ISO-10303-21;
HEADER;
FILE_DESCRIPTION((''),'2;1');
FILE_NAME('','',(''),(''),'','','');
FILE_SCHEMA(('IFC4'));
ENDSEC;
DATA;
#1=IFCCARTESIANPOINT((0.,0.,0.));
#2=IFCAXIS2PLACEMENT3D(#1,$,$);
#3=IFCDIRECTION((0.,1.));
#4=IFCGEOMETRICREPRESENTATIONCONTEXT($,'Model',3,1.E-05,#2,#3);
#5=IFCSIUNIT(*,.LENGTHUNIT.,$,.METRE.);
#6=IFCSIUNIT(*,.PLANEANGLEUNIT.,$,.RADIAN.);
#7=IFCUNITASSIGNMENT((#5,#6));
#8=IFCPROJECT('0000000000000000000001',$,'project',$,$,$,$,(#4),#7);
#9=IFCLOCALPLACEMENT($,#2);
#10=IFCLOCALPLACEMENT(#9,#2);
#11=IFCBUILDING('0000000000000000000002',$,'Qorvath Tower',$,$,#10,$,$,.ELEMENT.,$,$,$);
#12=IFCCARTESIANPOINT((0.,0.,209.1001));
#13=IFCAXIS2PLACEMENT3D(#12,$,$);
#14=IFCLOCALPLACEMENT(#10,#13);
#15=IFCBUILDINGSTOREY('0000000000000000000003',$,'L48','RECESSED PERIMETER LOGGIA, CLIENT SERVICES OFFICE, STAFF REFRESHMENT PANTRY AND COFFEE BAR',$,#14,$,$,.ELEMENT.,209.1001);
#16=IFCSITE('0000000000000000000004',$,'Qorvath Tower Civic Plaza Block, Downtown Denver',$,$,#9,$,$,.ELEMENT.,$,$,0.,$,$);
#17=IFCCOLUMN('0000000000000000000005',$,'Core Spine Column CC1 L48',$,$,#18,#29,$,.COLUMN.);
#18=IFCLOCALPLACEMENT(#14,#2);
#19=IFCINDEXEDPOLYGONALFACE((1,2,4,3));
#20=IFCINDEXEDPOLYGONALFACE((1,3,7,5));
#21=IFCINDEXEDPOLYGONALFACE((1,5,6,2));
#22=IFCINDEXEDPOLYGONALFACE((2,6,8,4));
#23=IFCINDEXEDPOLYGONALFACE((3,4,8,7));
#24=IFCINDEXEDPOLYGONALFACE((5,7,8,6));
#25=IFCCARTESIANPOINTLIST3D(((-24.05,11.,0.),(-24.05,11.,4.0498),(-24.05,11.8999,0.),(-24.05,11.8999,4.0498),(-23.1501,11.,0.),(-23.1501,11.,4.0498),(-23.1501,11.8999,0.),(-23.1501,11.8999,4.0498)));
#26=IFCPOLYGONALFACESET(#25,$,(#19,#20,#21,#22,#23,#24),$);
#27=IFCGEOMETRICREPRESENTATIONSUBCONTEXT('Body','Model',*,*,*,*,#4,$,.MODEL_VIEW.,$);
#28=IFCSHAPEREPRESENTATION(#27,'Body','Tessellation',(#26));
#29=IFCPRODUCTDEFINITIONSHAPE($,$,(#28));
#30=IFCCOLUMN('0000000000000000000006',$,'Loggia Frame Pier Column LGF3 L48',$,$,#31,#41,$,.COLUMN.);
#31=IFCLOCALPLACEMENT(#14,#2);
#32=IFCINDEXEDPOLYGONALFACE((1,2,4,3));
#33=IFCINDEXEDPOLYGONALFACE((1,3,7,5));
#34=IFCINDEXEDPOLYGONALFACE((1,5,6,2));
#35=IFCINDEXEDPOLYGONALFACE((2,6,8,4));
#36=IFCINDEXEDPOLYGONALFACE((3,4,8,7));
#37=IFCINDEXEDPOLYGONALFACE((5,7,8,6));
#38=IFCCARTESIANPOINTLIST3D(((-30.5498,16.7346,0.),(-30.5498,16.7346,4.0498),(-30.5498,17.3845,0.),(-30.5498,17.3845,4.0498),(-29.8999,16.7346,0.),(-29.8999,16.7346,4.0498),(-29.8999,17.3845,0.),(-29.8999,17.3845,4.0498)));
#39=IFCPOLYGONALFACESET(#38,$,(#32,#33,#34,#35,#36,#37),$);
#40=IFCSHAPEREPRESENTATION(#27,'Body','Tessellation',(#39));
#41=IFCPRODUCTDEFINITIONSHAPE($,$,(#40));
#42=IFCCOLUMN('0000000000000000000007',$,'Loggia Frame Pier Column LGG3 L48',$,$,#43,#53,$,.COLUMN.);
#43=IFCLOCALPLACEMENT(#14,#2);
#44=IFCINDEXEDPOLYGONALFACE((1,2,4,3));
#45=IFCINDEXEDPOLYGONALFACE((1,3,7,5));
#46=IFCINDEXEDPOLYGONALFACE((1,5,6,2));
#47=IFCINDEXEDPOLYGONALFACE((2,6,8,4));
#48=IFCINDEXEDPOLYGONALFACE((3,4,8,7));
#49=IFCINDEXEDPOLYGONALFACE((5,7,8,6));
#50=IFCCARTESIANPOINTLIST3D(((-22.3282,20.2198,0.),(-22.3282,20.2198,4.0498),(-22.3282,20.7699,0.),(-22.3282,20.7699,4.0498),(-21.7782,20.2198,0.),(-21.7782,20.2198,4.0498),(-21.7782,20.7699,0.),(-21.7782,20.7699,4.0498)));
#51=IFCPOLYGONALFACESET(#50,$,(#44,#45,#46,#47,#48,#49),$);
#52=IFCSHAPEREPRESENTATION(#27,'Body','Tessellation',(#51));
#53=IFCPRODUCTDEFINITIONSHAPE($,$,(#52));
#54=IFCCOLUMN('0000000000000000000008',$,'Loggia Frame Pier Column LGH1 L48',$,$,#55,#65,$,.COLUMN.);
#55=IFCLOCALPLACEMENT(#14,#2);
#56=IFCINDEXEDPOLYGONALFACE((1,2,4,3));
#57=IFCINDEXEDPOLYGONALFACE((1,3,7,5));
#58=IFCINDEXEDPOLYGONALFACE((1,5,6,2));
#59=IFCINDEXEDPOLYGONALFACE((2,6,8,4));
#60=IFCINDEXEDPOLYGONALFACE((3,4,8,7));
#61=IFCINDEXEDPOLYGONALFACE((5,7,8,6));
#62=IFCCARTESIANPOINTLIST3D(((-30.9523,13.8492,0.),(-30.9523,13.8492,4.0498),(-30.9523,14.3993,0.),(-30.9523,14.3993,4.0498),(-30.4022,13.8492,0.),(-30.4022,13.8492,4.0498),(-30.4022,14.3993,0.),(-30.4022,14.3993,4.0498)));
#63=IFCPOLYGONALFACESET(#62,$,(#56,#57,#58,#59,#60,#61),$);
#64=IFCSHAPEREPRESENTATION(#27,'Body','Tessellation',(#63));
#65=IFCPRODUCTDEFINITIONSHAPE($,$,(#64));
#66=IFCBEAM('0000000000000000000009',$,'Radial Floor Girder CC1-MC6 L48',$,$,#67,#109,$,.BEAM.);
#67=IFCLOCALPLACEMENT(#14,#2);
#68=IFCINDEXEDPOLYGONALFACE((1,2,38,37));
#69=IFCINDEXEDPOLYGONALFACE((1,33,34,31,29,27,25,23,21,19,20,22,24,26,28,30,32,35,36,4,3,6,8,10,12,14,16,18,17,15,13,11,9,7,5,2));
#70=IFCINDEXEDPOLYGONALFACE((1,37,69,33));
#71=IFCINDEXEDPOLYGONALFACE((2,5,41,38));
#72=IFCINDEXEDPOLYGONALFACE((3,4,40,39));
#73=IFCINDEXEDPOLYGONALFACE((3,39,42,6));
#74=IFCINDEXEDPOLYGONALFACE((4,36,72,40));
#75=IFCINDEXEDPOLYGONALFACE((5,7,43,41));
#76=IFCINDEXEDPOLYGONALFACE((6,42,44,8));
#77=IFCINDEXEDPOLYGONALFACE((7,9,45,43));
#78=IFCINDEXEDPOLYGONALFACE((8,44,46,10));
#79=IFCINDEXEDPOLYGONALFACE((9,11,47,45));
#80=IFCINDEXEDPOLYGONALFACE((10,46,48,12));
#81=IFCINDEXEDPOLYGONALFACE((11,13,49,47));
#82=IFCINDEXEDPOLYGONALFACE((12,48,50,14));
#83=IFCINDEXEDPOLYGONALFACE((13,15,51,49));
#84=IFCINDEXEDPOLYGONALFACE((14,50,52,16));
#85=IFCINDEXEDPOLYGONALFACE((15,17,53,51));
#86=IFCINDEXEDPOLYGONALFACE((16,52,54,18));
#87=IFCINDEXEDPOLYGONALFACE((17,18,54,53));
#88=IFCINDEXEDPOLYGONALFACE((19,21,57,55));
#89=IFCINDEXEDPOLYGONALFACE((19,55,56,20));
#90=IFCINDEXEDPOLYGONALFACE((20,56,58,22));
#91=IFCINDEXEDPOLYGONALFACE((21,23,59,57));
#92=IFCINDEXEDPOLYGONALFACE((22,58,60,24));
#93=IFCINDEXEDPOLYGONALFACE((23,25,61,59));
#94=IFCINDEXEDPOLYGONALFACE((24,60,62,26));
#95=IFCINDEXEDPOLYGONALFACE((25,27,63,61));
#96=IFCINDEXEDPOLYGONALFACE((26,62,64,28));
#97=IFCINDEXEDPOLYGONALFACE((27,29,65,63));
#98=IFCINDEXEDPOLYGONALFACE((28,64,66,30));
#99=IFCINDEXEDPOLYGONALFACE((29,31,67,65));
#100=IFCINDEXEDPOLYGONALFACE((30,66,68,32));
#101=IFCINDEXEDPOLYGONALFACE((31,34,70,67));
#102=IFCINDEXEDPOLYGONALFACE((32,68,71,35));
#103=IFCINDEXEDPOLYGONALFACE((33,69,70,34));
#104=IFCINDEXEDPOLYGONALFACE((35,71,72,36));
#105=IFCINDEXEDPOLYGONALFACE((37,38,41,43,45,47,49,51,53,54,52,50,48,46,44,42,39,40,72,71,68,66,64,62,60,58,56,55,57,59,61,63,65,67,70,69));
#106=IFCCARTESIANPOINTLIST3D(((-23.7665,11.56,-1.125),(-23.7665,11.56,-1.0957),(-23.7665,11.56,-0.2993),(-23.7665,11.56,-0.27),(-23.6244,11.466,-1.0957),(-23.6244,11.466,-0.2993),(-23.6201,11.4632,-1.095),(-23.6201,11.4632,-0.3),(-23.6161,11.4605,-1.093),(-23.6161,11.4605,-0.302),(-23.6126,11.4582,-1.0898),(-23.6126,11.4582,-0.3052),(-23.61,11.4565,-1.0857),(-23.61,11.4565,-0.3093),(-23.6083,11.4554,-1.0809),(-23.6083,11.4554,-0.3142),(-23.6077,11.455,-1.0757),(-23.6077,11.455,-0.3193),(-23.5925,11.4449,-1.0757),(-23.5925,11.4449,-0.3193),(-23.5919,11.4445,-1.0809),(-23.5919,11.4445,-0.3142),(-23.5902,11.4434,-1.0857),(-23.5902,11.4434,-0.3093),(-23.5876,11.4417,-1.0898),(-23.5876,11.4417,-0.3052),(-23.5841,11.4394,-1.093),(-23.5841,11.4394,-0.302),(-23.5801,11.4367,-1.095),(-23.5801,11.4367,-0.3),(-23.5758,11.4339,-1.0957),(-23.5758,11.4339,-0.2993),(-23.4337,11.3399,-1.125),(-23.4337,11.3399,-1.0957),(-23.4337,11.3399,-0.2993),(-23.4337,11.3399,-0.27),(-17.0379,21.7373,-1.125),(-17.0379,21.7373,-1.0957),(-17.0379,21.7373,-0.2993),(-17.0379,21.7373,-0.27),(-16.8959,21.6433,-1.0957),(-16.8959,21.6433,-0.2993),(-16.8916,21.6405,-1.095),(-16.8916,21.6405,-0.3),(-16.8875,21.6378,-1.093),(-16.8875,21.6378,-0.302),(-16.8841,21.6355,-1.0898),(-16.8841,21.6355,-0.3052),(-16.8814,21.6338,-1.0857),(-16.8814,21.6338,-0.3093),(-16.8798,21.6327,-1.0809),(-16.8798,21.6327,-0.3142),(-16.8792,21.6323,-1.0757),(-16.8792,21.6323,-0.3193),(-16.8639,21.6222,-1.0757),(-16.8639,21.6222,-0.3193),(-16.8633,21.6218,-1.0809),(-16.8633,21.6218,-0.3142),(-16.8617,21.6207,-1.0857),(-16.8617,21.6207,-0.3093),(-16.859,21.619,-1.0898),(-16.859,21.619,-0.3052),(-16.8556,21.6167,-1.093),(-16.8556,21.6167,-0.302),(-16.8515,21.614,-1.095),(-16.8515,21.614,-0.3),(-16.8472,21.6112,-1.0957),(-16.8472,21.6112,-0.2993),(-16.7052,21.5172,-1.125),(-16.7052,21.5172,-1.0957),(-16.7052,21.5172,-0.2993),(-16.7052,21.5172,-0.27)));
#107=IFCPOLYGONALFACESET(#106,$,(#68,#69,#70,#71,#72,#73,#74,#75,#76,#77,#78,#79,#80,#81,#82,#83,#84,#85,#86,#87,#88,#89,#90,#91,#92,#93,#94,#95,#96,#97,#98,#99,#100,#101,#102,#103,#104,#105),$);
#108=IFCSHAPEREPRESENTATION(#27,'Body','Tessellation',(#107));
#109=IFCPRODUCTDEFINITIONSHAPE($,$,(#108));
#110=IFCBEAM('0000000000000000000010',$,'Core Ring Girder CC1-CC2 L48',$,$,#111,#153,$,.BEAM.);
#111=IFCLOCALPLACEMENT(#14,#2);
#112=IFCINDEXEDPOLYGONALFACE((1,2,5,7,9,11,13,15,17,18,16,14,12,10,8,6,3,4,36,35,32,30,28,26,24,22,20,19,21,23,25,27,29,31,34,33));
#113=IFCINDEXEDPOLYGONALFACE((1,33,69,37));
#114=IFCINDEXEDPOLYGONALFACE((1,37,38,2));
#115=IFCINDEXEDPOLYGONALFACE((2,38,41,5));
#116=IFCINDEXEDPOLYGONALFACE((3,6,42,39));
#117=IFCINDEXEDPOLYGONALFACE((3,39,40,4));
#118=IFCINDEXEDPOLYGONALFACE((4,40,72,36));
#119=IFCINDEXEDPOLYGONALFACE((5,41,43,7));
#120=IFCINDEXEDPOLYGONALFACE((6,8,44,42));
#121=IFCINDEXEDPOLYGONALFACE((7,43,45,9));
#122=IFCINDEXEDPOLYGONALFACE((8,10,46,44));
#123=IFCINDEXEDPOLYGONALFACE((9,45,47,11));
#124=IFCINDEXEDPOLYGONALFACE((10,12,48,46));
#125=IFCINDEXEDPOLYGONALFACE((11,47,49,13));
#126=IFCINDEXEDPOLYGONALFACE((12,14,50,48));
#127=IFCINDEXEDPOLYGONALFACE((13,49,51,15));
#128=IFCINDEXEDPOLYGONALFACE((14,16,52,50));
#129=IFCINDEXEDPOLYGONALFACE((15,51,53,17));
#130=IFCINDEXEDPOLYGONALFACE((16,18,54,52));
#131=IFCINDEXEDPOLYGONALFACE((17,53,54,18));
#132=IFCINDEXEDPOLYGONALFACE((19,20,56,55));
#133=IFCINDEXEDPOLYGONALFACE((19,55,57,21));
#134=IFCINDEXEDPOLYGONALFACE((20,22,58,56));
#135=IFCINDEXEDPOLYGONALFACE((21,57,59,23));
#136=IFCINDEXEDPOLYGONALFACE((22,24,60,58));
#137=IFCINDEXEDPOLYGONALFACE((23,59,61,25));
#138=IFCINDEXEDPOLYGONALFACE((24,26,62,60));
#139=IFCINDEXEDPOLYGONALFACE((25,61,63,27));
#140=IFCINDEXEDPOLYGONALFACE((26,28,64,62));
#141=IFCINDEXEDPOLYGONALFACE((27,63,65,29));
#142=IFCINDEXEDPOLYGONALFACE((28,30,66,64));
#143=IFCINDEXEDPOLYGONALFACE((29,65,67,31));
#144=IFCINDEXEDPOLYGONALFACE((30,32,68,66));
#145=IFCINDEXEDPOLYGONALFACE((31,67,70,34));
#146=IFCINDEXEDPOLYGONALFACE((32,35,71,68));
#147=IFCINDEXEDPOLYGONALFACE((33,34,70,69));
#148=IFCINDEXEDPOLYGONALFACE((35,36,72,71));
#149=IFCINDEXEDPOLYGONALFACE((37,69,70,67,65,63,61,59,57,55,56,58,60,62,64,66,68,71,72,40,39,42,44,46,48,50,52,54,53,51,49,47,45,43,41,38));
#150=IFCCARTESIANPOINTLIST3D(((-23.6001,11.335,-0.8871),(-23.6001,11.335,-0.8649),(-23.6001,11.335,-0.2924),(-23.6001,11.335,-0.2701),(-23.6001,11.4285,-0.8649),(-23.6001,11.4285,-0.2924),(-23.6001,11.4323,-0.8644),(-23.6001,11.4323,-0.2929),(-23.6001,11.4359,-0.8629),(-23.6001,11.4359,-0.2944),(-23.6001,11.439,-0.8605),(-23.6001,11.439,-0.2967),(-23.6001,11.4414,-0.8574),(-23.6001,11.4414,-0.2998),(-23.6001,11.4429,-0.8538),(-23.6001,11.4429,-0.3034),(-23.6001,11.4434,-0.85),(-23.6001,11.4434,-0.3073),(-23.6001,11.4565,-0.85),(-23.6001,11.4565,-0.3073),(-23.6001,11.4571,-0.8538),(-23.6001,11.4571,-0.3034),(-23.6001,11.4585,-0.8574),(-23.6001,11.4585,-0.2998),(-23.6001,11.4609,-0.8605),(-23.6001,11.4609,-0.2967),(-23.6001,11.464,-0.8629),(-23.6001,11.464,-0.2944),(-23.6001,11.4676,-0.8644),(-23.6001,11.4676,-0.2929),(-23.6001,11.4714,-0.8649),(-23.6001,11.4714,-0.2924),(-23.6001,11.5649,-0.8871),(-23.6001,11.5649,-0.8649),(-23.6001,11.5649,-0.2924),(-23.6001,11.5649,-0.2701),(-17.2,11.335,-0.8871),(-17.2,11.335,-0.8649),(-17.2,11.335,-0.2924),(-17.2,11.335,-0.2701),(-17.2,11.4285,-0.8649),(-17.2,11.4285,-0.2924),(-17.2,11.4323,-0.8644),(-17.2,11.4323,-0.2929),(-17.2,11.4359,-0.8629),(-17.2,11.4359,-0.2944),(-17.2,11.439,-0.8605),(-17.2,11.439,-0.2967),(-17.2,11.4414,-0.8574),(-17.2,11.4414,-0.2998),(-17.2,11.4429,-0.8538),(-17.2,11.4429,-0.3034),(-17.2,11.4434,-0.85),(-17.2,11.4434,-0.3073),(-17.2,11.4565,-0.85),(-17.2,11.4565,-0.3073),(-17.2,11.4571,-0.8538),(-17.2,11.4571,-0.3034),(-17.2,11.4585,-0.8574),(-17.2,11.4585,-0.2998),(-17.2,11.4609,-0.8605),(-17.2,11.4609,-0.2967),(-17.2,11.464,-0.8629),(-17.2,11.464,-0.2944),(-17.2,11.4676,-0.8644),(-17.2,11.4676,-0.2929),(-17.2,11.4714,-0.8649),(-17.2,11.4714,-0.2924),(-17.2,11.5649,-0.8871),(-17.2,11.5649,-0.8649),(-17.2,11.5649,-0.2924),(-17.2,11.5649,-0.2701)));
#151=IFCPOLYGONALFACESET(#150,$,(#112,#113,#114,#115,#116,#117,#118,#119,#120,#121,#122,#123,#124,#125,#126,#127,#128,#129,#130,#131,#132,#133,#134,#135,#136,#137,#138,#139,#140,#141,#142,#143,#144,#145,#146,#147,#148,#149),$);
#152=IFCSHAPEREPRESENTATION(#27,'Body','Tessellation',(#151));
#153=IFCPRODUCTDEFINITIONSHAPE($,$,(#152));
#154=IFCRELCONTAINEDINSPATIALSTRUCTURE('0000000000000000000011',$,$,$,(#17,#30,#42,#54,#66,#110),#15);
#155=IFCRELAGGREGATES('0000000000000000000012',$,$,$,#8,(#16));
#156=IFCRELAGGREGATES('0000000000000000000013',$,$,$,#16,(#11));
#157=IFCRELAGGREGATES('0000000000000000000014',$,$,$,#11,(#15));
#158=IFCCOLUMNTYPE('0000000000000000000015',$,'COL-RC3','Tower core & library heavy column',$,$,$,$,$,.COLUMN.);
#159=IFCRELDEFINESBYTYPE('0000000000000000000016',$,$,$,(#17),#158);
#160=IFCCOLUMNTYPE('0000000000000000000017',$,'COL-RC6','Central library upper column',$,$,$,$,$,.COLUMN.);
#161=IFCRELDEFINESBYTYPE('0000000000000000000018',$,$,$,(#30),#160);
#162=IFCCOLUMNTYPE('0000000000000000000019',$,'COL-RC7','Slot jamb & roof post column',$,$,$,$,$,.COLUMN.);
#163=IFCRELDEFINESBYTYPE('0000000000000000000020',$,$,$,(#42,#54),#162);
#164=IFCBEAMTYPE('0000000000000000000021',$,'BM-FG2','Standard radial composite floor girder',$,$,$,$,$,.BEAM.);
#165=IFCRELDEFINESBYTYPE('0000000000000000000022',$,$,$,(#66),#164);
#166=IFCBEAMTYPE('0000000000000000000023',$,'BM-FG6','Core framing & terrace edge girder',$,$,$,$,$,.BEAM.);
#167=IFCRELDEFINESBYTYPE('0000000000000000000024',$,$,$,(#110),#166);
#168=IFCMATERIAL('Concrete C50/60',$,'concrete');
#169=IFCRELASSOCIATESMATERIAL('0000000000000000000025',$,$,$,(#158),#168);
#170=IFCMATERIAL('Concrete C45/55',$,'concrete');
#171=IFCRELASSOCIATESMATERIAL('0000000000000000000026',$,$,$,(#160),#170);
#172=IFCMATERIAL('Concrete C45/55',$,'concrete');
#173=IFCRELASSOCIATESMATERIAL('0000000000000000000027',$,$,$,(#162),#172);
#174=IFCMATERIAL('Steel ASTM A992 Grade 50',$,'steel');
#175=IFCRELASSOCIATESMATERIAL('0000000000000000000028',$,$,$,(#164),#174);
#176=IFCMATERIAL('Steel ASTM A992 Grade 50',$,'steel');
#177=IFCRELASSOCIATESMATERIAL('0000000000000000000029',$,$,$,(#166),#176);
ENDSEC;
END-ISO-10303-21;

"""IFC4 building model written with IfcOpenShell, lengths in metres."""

from ifc_helpers import new_model, si_unit, direction, frame, origin, origin_2d, place, context, subcontext, project, spatial, rectangle, i_section, extrude, material, material_profile, profile_set, type_object, element, save


model = new_model("IFC4")

# Units and contexts
model_context = context("Model", 3, precision=1e-05, world=origin(), true_north=direction((0.0, 1.0)))
body_context = subcontext(model_context, "Body", "Model", "MODEL_VIEW")
ifc_project = project(units=[si_unit("LENGTHUNIT", "METRE"), si_unit("PLANEANGLEUNIT", "RADIAN")], contexts=[model_context])

# Site, building, storey
site_placement = place(None, origin())
site = spatial("IfcSite", under=ifc_project, at=site_placement, Name="Qorvath Tower Civic Plaza Block, Downtown Denver", CompositionType="ELEMENT", RefElevation=0.0)
building_placement = place(site_placement, origin())
building = spatial("IfcBuilding", under=site, at=building_placement, Name="Qorvath Tower", CompositionType="ELEMENT")
storey_placement = place(building_placement, frame((0.0, 0.0, 209.1001)))
storey = spatial("IfcBuildingStorey", under=building, at=storey_placement, Name="L48", Description="RECESSED PERIMETER LOGGIA, CLIENT SERVICES OFFICE, STAFF REFRESHMENT PANTRY AND COFFEE BAR", CompositionType="ELEMENT", Elevation=209.1001)

# Columns
ifc_material_1 = material(Name="Concrete C50/60", Category="concrete")
ifc_material_profile_1 = material_profile(ifc_material_1, rectangle(XDim=0.8999, YDim=0.8999, at=origin_2d()), Name="RC 900x900")
ifc_profile_set_1 = profile_set([ifc_material_profile_1], Name="Concrete C50/60")
column_type_1 = type_object("IfcColumnType", Name="COL-RC3", Description="Tower core & library heavy column", PredefinedType="COLUMN", material=ifc_profile_set_1)
column_1_placement = place(storey_placement, frame((-23.6001, 11.45, 0.0), z_axis=(0.0, 0.0, 1.0), x_axis=(1.0, 0.0, 0.0)))
element("IfcColumn", 1, at=column_1_placement, inside=storey, type_object=column_type_1, Name="Core Spine Column CC1 L48", PredefinedType="COLUMN", context=body_context, shape_type="SweptSolid", body=[
    extrude(rectangle(XDim=0.8999, YDim=0.8999, at=origin_2d()), origin(), (0.0, 0.0, 1.0), 4.0498),
])
ifc_material_2 = material(Name="Concrete C45/55", Category="concrete")
ifc_material_profile_2 = material_profile(ifc_material_2, rectangle(XDim=0.6499, YDim=0.6499, at=origin_2d()), Name="RC 650x650")
ifc_profile_set_2 = profile_set([ifc_material_profile_2], Name="Concrete C45/55")
column_type_2 = type_object("IfcColumnType", Name="COL-RC6", Description="Central library upper column", PredefinedType="COLUMN", material=ifc_profile_set_2)
column_2_placement = place(storey_placement, frame((-30.2249, 17.0596, 0.0), z_axis=(0.0, 0.0, 1.0), x_axis=(1.0, 0.0, 0.0)))
element("IfcColumn", 2, at=column_2_placement, inside=storey, type_object=column_type_2, Name="Loggia Frame Pier Column LGF3 L48", PredefinedType="COLUMN", context=body_context, shape_type="SweptSolid", body=[
    extrude(rectangle(XDim=0.6499, YDim=0.6499, at=origin_2d()), origin(), (0.0, 0.0, 1.0), 4.0498),
])
ifc_material_3 = material(Name="Concrete C45/55", Category="concrete")
ifc_material_profile_3 = material_profile(ifc_material_3, rectangle(XDim=0.55, YDim=0.55, at=origin_2d()), Name="RC 550x550")
ifc_profile_set_3 = profile_set([ifc_material_profile_3], Name="Concrete C45/55")
column_type_3 = type_object("IfcColumnType", Name="COL-RC7", Description="Slot jamb & roof post column", PredefinedType="COLUMN", material=ifc_profile_set_3)
for number, where, z_axis, x_axis, name in (
    (3, (-22.0532, 20.4949, 0.0), (0.0, 0.0, 1.0), (1.0, 0.0, 0.0), "Loggia Frame Pier Column LGG3 L48"),
    (4, (-30.6772, 14.1243, 0.0), (0.0, 0.0, 1.0), (1.0, 0.0, 0.0), "Loggia Frame Pier Column LGH1 L48"),
):
    element("IfcColumn", number, at=place(storey_placement, frame(where, z_axis=z_axis, x_axis=x_axis)), inside=storey, type_object=column_type_3, Name=name, PredefinedType="COLUMN", context=body_context, shape_type="SweptSolid", body=[
        extrude(rectangle(XDim=0.55, YDim=0.55, at=origin_2d()), origin(), (0.0, 0.0, 1.0), 4.0498),
    ])

# Beams
ifc_material_4 = material(Name="Steel ASTM A992 Grade 50", Category="steel")
ifc_material_profile_4 = material_profile(ifc_material_4, i_section(OverallWidth=0.3989, OverallDepth=0.855, WebThickness=0.0183, FlangeThickness=0.0293, FilletRadius=0.02, at=origin_2d()), Name="W33x201")
ifc_profile_set_4 = profile_set([ifc_material_profile_4], Name="Steel ASTM A992 Grade 50")
beam_type_1 = type_object("IfcBeamType", Name="BM-FG2", Description="Standard radial composite floor girder", PredefinedType="BEAM", material=ifc_profile_set_4)
beam_1_placement = place(storey_placement, frame((-23.6001, 11.45, -0.6975), z_axis=(0.551501, 0.834175, 0.0), x_axis=(-0.834175, 0.551501, 0.0)))
element("IfcBeam", 5, at=beam_1_placement, inside=storey, type_object=beam_type_1, Name="Radial Floor Girder CC1-MC6 L48", PredefinedType="BEAM", context=body_context, shape_type="SweptSolid", body=[
    extrude(i_section(OverallWidth=0.3989, OverallDepth=0.855, WebThickness=0.0183, FlangeThickness=0.0293, FilletRadius=0.02, at=origin_2d()), origin(), (0.0, 0.0, 1.0), 12.2004),
])
ifc_material_5 = material(Name="Steel ASTM A992 Grade 50", Category="steel")
ifc_material_profile_5 = material_profile(ifc_material_5, i_section(OverallWidth=0.23, OverallDepth=0.6169, WebThickness=0.0132, FlangeThickness=0.0222, FilletRadius=0.0149, at=origin_2d()), Name="W24x94")
ifc_profile_set_5 = profile_set([ifc_material_profile_5], Name="Steel ASTM A992 Grade 50")
beam_type_2 = type_object("IfcBeamType", Name="BM-FG6", Description="Core framing & terrace edge girder", PredefinedType="BEAM", material=ifc_profile_set_5)
beam_2_placement = place(storey_placement, frame((-23.6001, 11.45, -0.5786), z_axis=(1.0, 0.0, 0.0), x_axis=(0.0, 1.0, 0.0)))
element("IfcBeam", 6, at=beam_2_placement, inside=storey, type_object=beam_type_2, Name="Core Ring Girder CC1-CC2 L48", PredefinedType="BEAM", context=body_context, shape_type="SweptSolid", body=[
    extrude(i_section(OverallWidth=0.23, OverallDepth=0.6169, WebThickness=0.0132, FlangeThickness=0.0222, FilletRadius=0.0149, at=origin_2d()), origin(), (0.0, 0.0, 1.0), 6.4001),
])

save(model, "model.ifc")
